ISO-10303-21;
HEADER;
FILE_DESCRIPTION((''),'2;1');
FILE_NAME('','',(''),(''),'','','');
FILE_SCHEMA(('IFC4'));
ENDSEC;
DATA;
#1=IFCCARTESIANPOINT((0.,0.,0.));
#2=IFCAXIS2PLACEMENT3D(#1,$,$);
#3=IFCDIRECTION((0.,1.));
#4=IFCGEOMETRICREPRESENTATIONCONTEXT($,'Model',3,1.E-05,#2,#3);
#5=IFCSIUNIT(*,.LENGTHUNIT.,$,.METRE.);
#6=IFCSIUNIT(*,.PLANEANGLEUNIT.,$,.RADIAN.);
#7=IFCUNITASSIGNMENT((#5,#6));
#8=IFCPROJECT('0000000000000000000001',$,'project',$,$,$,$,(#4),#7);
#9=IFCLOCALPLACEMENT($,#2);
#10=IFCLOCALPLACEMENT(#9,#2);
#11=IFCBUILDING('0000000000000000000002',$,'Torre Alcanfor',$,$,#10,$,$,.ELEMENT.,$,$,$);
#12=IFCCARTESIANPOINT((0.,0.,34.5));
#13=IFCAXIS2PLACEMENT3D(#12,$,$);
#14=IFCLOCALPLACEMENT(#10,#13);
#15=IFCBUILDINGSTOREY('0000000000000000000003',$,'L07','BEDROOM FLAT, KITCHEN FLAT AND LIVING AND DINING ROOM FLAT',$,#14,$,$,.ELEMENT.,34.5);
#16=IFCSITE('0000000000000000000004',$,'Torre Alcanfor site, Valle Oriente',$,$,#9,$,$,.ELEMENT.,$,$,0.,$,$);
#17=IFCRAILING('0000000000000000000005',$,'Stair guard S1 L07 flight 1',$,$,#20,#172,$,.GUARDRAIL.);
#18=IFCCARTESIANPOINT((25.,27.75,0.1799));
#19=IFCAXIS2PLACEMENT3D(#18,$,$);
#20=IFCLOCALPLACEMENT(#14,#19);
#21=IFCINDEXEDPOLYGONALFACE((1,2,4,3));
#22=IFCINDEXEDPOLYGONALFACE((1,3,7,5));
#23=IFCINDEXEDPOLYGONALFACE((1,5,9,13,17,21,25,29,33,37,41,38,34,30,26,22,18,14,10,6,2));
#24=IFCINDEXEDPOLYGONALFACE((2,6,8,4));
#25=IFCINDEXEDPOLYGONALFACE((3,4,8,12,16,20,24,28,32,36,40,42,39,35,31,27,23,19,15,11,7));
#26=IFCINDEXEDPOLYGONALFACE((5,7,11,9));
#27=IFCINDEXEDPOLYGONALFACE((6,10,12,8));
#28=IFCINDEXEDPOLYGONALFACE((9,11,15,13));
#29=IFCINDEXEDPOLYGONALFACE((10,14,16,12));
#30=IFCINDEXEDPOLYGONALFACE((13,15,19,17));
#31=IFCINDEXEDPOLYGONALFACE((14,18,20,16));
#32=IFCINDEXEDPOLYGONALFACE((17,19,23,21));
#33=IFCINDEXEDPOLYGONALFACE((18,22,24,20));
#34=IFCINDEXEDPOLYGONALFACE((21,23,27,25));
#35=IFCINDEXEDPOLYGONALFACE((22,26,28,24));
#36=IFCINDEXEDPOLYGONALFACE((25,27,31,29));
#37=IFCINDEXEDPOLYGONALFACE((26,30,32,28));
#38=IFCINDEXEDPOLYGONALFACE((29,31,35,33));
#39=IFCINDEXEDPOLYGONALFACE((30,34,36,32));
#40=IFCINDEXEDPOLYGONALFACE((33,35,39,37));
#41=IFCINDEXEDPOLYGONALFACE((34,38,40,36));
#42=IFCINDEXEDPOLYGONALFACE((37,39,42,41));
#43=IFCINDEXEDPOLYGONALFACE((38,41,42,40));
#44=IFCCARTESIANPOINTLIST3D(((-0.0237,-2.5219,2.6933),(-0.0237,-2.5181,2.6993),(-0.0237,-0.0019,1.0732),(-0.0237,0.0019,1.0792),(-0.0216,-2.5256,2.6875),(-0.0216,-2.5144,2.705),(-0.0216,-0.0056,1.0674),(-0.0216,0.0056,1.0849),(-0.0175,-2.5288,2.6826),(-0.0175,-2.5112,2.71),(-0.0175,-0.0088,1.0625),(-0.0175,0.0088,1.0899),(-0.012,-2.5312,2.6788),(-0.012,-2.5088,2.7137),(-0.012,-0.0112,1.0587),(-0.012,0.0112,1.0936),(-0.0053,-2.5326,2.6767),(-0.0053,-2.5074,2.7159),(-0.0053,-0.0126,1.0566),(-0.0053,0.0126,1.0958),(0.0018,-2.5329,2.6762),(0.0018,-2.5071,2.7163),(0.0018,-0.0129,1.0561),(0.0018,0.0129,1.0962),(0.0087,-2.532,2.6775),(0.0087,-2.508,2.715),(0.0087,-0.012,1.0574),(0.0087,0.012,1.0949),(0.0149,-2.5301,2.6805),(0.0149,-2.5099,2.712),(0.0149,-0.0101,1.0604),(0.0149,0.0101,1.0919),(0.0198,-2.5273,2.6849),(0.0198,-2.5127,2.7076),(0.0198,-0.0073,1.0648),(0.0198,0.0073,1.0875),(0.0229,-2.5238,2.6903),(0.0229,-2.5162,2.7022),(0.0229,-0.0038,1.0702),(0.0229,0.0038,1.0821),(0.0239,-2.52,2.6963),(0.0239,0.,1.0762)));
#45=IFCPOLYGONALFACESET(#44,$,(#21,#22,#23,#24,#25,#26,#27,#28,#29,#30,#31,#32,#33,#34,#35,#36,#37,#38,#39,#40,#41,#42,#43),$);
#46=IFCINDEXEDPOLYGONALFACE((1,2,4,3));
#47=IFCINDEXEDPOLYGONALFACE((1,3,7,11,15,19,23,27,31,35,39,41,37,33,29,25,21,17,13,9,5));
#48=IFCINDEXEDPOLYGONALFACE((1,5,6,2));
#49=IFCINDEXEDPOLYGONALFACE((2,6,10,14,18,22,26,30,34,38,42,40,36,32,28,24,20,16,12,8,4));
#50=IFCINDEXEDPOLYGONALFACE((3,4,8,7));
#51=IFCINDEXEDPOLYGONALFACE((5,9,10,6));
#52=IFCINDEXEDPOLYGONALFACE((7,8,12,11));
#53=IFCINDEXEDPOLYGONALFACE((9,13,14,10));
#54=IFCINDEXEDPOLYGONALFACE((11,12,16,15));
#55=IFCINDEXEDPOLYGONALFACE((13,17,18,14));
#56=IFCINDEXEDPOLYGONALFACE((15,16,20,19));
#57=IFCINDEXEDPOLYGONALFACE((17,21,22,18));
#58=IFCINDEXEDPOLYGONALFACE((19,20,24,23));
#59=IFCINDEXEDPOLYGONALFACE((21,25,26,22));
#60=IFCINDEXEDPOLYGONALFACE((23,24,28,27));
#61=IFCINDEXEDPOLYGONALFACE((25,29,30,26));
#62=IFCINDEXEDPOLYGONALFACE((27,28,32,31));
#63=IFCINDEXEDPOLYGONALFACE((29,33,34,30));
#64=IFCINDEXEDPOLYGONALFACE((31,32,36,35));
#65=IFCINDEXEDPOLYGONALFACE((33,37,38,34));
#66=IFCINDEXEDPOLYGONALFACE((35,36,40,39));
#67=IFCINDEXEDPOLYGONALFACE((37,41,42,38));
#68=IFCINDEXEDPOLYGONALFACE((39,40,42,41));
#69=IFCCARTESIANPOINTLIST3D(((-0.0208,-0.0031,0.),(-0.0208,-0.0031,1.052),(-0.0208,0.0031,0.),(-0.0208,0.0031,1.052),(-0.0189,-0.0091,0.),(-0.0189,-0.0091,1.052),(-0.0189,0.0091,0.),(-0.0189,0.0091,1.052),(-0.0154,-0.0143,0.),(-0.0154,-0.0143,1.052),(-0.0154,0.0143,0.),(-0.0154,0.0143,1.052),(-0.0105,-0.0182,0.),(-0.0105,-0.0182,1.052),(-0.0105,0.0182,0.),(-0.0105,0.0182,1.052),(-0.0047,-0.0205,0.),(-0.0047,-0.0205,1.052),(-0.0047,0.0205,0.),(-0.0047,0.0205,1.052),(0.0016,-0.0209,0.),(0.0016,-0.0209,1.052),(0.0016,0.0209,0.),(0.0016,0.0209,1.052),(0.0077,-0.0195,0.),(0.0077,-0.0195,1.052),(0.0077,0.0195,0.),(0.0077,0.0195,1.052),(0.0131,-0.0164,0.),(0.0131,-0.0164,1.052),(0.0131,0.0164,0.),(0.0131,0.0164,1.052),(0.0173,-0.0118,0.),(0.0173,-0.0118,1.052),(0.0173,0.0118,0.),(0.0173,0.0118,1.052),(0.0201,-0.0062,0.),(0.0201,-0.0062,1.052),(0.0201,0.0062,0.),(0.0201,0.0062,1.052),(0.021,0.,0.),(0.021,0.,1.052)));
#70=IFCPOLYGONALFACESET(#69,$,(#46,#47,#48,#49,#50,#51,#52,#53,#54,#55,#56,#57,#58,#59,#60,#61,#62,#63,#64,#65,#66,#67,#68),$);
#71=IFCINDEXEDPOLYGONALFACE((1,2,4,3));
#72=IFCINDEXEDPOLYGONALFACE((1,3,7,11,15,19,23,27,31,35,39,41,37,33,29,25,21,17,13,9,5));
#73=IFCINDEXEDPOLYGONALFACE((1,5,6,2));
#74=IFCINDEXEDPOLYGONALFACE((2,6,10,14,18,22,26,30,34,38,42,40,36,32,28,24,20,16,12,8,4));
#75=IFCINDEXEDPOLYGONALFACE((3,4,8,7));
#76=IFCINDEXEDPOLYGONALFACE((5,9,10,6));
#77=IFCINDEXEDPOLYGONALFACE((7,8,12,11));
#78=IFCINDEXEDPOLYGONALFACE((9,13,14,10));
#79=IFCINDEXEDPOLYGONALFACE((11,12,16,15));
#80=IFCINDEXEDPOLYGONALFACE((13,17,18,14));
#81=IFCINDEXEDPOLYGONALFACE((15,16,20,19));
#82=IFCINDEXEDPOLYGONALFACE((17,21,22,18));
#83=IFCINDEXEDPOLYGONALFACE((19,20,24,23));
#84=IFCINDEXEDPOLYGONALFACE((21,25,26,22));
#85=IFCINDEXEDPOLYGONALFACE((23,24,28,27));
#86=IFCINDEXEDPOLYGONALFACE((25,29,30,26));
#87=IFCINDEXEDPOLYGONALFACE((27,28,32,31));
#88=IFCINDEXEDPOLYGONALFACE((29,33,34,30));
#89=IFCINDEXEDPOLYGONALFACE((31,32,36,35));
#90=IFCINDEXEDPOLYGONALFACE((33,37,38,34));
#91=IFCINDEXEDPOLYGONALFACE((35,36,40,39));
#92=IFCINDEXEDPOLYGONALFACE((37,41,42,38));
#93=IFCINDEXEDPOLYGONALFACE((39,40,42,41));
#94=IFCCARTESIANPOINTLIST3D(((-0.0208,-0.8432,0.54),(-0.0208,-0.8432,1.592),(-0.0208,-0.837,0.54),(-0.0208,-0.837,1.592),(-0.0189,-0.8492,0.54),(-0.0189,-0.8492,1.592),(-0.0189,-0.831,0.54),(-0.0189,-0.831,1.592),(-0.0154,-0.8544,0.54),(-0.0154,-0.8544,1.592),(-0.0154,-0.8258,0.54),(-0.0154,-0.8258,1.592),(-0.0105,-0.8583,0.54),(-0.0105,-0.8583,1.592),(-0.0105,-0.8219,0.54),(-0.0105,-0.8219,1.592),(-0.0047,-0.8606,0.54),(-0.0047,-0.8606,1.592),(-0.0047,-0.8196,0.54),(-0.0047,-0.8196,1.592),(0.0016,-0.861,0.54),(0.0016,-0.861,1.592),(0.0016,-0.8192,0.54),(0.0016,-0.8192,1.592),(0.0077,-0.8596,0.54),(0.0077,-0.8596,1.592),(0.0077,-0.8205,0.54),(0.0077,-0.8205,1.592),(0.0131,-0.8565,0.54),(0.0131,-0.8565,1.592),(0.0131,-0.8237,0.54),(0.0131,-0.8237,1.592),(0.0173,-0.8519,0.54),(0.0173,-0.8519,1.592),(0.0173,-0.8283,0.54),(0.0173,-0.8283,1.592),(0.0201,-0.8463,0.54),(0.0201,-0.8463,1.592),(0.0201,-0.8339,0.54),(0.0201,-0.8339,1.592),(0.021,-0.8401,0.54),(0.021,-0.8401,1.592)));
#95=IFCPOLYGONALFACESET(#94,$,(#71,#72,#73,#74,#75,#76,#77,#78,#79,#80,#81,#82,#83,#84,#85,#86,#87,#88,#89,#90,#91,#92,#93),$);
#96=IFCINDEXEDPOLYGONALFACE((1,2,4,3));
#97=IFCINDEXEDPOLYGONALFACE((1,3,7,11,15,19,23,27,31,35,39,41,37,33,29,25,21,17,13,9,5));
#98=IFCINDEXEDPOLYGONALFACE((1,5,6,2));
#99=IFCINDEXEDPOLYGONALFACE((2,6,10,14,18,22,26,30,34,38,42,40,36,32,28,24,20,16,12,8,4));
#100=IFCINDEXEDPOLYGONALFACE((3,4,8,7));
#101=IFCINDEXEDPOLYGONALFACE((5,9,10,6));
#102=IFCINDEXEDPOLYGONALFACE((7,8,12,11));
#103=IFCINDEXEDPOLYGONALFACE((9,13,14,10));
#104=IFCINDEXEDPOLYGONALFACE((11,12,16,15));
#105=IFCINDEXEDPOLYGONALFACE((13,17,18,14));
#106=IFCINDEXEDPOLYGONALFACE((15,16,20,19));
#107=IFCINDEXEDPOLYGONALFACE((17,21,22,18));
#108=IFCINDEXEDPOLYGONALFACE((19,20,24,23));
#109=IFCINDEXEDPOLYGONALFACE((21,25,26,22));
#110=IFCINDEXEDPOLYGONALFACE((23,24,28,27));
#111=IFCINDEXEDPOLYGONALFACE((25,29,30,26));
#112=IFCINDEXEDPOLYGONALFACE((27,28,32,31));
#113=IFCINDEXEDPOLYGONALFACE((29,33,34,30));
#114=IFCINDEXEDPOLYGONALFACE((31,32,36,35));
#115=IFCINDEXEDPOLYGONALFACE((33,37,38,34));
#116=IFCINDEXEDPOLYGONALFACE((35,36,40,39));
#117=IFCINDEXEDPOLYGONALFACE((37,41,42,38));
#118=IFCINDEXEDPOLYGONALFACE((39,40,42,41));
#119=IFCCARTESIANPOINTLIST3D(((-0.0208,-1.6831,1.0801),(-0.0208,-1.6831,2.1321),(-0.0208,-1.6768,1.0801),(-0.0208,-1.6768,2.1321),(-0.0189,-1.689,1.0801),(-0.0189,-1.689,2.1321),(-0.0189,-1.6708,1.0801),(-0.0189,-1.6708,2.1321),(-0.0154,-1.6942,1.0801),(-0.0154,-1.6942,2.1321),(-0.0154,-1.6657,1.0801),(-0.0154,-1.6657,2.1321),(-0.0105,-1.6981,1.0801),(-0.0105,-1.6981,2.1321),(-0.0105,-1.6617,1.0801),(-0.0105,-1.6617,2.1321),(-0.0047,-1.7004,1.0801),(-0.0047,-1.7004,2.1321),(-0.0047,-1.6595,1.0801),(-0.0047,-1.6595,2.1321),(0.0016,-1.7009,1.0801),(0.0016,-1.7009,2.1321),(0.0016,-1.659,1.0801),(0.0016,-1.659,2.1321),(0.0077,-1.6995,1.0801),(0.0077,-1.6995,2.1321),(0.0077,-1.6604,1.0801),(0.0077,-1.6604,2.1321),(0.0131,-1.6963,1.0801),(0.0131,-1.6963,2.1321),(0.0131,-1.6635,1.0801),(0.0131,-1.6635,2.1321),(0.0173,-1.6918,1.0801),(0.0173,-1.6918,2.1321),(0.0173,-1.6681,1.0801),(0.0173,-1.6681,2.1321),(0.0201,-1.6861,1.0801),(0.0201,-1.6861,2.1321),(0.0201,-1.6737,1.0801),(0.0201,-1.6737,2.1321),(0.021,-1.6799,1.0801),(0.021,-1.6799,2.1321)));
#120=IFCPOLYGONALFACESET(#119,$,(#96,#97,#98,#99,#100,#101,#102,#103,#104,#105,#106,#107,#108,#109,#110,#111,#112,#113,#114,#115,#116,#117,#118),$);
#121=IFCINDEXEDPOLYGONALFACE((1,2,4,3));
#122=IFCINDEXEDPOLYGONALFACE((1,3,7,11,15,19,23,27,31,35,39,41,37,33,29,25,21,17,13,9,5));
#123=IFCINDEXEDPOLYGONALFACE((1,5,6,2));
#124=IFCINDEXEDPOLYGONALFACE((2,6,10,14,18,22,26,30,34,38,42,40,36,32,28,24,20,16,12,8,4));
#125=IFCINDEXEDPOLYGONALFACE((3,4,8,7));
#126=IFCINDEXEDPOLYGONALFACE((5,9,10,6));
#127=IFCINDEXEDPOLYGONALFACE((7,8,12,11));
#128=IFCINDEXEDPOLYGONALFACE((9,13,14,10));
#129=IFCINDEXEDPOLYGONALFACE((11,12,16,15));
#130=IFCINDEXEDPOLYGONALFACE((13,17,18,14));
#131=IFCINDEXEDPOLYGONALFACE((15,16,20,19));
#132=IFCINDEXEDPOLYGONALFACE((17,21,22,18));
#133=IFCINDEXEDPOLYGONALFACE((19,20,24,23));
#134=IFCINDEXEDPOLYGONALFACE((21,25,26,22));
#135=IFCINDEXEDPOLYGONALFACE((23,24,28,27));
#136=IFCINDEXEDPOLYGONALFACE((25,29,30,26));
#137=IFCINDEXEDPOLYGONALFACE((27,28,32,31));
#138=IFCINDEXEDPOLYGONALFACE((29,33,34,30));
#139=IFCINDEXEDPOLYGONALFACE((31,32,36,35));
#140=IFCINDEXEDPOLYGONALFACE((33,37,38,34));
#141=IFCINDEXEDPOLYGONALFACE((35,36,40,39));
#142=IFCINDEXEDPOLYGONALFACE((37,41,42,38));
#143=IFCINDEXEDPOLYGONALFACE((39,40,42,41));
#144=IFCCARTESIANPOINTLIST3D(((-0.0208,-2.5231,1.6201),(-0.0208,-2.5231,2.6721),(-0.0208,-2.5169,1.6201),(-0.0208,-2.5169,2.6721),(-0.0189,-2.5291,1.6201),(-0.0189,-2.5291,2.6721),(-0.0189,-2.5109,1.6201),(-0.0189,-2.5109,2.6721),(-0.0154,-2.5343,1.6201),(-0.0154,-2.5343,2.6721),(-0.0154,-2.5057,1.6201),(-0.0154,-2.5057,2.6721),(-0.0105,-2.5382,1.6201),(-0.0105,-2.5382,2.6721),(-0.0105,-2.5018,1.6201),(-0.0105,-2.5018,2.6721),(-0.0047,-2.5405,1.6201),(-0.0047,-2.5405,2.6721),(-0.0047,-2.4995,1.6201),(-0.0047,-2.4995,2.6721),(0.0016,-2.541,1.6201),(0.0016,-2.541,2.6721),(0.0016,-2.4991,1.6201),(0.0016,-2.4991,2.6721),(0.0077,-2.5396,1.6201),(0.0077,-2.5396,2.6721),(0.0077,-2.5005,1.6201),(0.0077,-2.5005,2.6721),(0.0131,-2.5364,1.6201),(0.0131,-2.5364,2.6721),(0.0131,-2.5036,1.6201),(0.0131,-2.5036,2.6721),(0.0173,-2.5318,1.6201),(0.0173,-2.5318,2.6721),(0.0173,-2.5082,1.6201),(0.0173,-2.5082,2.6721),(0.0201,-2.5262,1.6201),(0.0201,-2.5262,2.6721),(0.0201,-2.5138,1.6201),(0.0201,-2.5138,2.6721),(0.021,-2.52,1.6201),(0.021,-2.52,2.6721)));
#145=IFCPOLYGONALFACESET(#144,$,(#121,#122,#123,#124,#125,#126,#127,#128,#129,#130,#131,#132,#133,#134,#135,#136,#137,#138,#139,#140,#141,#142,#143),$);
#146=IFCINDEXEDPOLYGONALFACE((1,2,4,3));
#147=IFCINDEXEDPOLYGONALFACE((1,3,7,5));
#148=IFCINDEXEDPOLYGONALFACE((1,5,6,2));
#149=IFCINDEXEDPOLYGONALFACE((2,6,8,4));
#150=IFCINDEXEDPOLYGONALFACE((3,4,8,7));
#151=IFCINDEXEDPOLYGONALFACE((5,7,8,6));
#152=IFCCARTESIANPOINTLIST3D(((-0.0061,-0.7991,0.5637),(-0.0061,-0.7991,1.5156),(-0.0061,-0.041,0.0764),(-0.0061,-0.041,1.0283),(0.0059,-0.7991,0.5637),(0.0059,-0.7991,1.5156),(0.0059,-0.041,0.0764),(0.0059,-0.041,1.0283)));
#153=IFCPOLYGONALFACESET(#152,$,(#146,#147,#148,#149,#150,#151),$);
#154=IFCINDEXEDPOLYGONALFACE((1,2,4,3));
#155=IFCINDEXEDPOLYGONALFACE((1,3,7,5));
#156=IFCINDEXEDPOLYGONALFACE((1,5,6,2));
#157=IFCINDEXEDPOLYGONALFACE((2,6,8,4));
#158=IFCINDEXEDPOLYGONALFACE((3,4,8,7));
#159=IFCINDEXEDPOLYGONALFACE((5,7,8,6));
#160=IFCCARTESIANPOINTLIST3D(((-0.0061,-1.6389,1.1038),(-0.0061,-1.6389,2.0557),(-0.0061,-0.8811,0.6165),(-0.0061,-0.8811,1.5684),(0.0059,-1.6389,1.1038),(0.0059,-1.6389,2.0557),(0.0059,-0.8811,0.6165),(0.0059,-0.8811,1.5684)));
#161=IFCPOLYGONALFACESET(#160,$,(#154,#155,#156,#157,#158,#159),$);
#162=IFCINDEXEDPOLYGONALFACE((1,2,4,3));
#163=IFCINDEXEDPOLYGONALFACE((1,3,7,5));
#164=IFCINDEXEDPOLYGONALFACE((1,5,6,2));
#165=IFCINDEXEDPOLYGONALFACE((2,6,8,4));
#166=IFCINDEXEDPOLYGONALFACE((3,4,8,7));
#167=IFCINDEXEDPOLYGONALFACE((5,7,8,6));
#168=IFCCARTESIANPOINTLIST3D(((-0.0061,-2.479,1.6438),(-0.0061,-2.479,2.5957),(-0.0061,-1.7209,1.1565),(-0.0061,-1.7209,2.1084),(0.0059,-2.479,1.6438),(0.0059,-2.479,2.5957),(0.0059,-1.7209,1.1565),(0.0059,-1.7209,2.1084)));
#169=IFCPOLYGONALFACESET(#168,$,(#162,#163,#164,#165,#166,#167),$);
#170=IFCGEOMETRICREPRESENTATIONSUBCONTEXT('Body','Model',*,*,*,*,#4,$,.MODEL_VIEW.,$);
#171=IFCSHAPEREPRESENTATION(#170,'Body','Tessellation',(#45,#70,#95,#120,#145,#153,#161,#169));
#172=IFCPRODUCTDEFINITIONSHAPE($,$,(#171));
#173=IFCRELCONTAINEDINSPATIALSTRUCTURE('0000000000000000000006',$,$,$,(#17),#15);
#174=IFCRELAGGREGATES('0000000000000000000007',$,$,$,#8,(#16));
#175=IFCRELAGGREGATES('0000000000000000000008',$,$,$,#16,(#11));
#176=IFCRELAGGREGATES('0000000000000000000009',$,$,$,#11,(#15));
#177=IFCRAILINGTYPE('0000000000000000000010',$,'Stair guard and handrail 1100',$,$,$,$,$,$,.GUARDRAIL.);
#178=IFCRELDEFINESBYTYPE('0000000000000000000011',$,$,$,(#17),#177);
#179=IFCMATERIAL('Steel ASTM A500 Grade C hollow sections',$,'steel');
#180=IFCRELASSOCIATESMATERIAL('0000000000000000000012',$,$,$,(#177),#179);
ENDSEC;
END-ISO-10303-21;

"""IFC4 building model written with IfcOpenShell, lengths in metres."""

from ifc_helpers import new_model, si_unit, direction, frame, origin, origin_2d, place, context, subcontext, project, spatial, polyline, circle, outline, extrude, material, type_object, element, save


model = new_model("IFC4")

# Units and contexts
model_context = context("Model", 3, precision=1e-05, world=origin(), true_north=direction((0.0, 1.0)))
body_context = subcontext(model_context, "Body", "Model", "MODEL_VIEW")
ifc_project = project(units=[si_unit("LENGTHUNIT", "METRE"), si_unit("PLANEANGLEUNIT", "RADIAN")], contexts=[model_context])

# Site, building, storey
site_placement = place(None, origin())
site = spatial("IfcSite", under=ifc_project, at=site_placement, Name="Torre Alcanfor site, Valle Oriente", CompositionType="ELEMENT", RefElevation=0.0)
building_placement = place(site_placement, origin())
building = spatial("IfcBuilding", under=site, at=building_placement, Name="Torre Alcanfor", CompositionType="ELEMENT")
storey_placement = place(building_placement, frame((0.0, 0.0, 34.5)))
storey = spatial("IfcBuildingStorey", under=building, at=storey_placement, Name="L07", Description="BEDROOM FLAT, KITCHEN FLAT AND LIVING AND DINING ROOM FLAT", CompositionType="ELEMENT", Elevation=34.5)

# Railing
ifc_material_1 = material(Name="Steel ASTM A500 Grade C hollow sections", Category="steel")
railing_type_1 = type_object("IfcRailingType", Name="Stair guard and handrail 1100", PredefinedType="GUARDRAIL", material=ifc_material_1)
railing_1_placement = place(storey_placement, frame((25.0, 27.75, 0.1799)))
element("IfcRailing", 1, at=railing_1_placement, inside=storey, type_object=railing_type_1, Name="Stair guard S1 L07 flight 1", PredefinedType="GUARDRAIL", context=body_context, shape_type="SweptSolid", body=[
    extrude(circle(Radius=0.0239, at=origin_2d()), frame((0.0, 0.0, 1.0762), z_axis=(0.0, -0.841163, 0.540782), x_axis=(1.0, 0.0, 0.0)), (0.0, 0.0, 1.0), 2.9958),
    extrude(circle(Radius=0.021, at=origin_2d()), origin(), (0.0, 0.0, 1.0), 1.052),
    extrude(circle(Radius=0.021, at=origin_2d()), frame((0.0, -0.8401, 0.54)), (0.0, 0.0, 1.0), 1.052),
    extrude(circle(Radius=0.021, at=origin_2d()), frame((0.0, -1.6799, 1.0801)), (0.0, 0.0, 1.0), 1.052),
    extrude(circle(Radius=0.021, at=origin_2d()), frame((0.0, -2.52, 1.6201)), (0.0, 0.0, 1.0), 1.052),
    extrude(outline(polyline([(0.041, 0.0764), (0.7991, 0.5637), (0.7991, 1.5156), (0.041, 1.0283), (0.041, 0.0764)])), frame((0.0059, 0.0, 0.0), z_axis=(-1.0, 0.0, 0.0), x_axis=(0.0, -1.0, 0.0)), (0.0, 0.0, 1.0), 0.012),
    extrude(outline(polyline([(0.8811, 0.6165), (1.6389, 1.1038), (1.6389, 2.0557), (0.8811, 1.5684), (0.8811, 0.6165)])), frame((0.0059, 0.0, 0.0), z_axis=(-1.0, 0.0, 0.0), x_axis=(0.0, -1.0, 0.0)), (0.0, 0.0, 1.0), 0.012),
    extrude(outline(polyline([(1.7209, 1.1565), (2.479, 1.6438), (2.479, 2.5957), (1.7209, 2.1084), (1.7209, 1.1565)])), frame((0.0059, 0.0, 0.0), z_axis=(-1.0, 0.0, 0.0), x_axis=(0.0, -1.0, 0.0)), (0.0, 0.0, 1.0), 0.012),
])

save(model, "model.ifc")
